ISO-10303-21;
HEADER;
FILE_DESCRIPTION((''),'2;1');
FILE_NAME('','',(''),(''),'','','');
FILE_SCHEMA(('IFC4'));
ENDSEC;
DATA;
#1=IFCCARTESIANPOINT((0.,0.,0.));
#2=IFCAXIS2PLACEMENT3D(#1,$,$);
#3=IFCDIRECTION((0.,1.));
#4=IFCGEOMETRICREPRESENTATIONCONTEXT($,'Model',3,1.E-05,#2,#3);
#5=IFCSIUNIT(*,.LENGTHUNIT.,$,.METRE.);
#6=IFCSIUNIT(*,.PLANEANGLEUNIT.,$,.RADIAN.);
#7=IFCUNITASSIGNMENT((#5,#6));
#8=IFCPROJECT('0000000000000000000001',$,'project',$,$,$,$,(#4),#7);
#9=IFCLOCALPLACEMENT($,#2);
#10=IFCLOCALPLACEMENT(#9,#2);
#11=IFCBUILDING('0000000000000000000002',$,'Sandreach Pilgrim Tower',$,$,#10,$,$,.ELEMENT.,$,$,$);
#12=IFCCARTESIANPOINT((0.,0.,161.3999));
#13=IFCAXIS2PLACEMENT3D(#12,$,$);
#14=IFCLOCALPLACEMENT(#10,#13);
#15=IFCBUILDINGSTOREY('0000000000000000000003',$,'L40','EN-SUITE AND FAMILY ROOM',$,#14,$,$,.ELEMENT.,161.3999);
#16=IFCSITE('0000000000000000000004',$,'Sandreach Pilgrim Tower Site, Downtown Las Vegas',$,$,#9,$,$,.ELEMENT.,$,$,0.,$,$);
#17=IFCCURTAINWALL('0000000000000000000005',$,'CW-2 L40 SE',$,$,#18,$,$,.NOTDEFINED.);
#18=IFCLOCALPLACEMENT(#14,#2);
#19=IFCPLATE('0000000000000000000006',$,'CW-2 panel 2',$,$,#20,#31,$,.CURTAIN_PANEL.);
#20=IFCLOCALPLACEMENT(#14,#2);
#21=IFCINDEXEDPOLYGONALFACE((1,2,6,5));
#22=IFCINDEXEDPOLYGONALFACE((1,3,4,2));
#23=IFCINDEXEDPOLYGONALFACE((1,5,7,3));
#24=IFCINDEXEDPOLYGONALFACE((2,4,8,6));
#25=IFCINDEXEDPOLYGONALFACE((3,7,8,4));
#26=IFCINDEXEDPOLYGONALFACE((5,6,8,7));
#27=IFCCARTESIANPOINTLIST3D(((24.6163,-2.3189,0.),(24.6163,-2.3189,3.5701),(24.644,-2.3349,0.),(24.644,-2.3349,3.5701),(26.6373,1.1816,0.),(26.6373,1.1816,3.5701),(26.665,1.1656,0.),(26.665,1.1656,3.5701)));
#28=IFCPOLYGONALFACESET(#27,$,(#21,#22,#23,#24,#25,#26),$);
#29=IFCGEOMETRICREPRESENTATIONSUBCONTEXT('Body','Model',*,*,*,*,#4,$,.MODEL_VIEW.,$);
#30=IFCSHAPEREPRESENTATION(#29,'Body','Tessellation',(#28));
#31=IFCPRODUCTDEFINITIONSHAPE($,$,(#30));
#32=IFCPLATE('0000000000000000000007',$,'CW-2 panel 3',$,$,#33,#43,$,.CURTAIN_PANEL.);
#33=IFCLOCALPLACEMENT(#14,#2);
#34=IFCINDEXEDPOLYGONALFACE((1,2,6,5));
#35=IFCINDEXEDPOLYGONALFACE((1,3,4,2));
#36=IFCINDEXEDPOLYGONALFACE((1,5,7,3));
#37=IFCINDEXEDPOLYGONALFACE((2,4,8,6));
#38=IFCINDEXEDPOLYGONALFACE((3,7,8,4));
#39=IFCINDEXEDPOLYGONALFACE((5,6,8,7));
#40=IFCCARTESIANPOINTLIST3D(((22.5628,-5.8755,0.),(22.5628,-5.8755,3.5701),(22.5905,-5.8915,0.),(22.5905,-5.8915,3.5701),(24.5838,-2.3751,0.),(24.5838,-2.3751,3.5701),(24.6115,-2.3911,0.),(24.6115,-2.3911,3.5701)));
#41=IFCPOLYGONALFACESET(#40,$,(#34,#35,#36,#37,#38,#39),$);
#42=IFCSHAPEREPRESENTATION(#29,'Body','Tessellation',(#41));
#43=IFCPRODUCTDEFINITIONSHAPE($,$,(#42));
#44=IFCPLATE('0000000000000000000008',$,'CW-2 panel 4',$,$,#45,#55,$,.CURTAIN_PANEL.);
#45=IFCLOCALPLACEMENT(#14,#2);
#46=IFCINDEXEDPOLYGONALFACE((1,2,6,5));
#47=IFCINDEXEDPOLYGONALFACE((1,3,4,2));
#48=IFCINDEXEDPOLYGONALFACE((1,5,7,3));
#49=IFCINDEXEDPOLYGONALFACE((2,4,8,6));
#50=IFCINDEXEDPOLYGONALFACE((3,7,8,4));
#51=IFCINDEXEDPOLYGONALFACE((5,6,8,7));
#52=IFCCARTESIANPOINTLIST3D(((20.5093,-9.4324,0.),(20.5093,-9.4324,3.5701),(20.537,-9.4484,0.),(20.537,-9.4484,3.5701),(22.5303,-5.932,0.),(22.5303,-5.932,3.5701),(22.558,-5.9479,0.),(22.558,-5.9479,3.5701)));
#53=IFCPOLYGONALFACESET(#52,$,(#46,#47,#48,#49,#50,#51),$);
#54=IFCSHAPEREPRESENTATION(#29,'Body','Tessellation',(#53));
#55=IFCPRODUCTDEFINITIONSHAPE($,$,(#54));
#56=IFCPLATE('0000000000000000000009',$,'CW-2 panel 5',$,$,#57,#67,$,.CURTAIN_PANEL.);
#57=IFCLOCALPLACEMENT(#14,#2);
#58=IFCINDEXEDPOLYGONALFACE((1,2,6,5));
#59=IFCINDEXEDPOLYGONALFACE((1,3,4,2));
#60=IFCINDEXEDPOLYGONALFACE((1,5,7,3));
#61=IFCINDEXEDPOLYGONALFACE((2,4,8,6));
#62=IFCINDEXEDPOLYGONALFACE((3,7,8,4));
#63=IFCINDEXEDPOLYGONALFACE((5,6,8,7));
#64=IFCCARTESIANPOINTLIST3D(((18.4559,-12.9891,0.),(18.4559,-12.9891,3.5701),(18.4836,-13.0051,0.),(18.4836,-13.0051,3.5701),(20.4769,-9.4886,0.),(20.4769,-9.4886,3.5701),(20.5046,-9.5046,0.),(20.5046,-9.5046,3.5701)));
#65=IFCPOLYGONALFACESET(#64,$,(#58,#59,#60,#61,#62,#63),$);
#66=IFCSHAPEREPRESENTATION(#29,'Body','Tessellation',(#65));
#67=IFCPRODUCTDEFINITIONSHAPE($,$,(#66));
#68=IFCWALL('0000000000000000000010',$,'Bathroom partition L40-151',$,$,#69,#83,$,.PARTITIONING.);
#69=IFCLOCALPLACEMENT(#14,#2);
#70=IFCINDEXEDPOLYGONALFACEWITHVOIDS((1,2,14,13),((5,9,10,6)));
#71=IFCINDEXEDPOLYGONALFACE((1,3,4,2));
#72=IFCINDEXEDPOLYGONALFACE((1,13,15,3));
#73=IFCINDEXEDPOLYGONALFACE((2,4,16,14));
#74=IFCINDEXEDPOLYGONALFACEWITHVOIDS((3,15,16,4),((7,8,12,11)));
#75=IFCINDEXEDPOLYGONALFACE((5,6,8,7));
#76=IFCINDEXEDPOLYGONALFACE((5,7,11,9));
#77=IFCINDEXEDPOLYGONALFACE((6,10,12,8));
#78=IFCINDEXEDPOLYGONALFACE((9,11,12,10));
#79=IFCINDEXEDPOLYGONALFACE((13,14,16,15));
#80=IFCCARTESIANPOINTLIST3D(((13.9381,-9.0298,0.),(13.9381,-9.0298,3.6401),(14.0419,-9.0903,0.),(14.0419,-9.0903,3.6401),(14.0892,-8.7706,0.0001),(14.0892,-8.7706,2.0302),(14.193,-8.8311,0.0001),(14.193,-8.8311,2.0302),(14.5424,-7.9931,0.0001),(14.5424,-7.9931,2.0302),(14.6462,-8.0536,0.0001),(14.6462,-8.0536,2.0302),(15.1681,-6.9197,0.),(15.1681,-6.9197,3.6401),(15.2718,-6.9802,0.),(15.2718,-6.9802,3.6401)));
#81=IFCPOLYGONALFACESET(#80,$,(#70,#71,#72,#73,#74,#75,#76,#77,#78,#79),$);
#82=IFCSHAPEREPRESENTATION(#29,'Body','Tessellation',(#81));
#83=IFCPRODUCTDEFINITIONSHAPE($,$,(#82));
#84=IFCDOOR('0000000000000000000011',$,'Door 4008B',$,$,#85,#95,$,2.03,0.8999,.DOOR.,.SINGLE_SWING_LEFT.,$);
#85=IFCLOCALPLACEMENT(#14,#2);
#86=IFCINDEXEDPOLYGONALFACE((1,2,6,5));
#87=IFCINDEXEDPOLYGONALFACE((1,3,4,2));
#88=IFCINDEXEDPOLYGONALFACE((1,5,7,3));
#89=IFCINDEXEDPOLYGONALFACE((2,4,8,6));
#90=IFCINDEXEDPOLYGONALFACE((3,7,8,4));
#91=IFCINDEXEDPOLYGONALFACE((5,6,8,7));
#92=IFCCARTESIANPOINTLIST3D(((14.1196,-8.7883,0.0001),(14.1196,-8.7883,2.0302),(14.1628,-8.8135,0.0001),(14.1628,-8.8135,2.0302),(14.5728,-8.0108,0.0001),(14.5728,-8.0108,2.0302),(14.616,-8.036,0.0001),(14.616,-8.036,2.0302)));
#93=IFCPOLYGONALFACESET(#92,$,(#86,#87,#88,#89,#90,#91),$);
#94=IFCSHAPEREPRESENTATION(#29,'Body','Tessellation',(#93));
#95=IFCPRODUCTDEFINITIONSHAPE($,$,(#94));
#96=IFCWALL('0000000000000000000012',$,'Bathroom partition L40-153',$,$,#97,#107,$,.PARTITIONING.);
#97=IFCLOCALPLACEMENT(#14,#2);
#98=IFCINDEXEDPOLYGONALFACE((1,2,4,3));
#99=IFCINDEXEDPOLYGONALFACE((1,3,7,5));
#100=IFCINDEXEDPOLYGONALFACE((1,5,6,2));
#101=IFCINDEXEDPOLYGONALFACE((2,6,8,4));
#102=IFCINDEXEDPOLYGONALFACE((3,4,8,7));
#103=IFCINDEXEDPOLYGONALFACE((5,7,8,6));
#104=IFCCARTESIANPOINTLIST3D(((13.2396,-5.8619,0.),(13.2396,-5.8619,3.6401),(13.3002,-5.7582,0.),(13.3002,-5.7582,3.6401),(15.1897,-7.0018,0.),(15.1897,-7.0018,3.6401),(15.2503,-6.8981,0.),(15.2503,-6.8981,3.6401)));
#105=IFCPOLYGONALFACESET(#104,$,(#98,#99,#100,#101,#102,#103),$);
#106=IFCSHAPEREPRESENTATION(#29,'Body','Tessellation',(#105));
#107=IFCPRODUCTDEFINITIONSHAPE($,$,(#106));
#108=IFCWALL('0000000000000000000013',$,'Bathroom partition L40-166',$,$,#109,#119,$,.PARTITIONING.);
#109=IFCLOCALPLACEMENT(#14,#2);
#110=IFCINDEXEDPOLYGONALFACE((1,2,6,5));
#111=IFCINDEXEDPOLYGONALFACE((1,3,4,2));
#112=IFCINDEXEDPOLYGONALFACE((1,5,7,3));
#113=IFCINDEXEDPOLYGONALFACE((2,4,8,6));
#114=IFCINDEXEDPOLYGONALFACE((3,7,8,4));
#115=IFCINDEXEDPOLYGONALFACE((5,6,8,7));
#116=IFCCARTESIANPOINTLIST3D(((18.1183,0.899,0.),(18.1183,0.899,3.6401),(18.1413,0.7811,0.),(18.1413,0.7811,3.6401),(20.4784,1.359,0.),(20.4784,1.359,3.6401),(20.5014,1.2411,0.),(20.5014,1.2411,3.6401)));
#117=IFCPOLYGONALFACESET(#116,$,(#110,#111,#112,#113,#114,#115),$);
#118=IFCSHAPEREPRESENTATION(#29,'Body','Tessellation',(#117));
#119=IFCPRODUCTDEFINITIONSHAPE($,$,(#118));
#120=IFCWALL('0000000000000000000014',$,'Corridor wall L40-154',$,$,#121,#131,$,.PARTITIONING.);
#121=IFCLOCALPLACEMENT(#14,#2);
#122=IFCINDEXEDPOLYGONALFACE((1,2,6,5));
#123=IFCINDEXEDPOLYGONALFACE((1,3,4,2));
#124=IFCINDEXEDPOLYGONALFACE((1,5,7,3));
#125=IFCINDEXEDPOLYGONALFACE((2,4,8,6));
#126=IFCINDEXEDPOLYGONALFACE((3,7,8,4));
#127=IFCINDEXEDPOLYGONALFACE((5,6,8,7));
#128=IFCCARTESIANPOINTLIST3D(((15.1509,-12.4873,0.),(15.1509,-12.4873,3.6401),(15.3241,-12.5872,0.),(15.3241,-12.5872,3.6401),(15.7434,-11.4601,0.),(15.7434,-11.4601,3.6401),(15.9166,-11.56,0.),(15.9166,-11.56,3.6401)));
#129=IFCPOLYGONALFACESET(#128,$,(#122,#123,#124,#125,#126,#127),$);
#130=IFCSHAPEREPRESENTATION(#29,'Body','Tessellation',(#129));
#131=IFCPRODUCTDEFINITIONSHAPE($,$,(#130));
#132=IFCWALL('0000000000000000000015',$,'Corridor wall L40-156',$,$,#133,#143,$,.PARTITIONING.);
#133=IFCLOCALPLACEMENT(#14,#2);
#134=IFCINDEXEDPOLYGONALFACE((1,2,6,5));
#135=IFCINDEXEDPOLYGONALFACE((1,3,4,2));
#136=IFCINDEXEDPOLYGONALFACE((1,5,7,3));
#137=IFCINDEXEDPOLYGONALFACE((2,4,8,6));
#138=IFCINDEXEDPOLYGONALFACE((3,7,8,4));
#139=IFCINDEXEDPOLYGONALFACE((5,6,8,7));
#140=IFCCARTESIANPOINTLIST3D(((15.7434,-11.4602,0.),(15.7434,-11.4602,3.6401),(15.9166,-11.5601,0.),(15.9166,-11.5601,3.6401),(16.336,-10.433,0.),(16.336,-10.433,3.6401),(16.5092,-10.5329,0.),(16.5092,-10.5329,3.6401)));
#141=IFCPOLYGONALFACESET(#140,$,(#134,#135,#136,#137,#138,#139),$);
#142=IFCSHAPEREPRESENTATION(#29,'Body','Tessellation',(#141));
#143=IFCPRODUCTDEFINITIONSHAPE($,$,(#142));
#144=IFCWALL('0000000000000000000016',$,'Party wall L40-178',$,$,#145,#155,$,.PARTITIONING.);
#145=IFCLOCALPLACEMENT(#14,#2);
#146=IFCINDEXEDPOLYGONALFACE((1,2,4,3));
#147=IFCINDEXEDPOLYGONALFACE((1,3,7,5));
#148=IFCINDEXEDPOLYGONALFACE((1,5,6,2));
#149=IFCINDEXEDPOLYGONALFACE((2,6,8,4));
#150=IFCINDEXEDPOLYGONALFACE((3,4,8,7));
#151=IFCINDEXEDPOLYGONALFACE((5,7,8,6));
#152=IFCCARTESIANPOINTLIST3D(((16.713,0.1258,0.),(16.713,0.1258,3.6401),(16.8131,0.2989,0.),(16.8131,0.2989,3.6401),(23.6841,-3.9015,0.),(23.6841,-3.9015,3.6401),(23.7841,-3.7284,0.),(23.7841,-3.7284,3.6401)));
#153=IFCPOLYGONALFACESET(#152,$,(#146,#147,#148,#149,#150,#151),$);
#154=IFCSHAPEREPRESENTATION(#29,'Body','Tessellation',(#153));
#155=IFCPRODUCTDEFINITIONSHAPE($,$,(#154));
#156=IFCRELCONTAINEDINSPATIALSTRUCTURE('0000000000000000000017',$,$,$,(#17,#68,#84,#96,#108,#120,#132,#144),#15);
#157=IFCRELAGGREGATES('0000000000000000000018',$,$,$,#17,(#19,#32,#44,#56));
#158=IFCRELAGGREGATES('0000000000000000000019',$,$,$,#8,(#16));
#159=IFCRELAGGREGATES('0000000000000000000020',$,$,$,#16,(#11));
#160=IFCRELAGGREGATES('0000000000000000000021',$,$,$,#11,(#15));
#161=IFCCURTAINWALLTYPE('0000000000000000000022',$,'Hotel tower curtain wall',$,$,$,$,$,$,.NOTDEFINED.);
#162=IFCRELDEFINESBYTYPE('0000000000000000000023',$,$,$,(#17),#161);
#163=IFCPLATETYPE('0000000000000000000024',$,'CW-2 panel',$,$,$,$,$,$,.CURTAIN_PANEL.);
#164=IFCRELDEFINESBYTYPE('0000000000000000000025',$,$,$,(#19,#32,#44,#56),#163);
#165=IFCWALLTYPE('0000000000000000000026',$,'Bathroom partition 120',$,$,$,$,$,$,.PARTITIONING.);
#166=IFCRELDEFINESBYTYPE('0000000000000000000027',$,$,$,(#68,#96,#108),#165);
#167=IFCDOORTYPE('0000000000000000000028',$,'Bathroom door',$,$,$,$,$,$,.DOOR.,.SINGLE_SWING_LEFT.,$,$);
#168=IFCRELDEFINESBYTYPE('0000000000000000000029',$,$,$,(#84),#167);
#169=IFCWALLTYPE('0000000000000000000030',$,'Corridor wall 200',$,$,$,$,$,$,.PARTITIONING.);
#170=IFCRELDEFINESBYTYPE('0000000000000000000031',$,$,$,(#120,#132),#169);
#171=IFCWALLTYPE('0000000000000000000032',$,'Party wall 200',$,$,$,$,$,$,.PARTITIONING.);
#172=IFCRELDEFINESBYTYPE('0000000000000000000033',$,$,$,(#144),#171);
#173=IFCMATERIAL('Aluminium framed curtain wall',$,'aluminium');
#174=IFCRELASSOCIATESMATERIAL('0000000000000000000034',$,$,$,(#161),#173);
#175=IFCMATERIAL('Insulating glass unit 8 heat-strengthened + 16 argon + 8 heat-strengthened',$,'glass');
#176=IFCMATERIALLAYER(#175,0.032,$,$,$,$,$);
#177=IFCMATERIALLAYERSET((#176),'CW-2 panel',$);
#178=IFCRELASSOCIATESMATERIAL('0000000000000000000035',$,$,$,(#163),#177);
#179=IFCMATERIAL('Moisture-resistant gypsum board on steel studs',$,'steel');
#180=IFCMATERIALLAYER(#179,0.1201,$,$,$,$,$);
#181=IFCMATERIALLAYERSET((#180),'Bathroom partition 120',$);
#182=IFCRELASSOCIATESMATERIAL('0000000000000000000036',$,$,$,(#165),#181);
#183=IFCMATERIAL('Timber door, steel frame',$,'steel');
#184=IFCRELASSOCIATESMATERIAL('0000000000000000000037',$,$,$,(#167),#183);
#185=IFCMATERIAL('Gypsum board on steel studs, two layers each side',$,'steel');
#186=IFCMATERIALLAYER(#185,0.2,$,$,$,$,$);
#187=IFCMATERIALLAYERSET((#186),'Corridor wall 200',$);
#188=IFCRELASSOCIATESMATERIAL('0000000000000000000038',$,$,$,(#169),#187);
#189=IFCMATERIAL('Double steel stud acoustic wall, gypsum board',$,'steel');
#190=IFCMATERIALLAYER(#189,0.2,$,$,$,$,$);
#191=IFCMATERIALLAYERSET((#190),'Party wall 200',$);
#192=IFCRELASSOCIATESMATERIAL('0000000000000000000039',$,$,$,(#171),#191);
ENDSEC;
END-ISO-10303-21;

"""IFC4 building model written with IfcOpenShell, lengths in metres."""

from ifc_helpers import new_model, si_unit, direction, frame, frame_2d, origin, origin_2d, place, context, subcontext, project, spatial, rectangle, extrude, material, layer, layer_set, type_object, element, fill, aggregate, save


model = new_model("IFC4")

# Units and contexts
model_context = context("Model", 3, precision=1e-05, world=origin(), true_north=direction((0.0, 1.0)))
body_context = subcontext(model_context, "Body", "Model", "MODEL_VIEW")
ifc_project = project(units=[si_unit("LENGTHUNIT", "METRE"), si_unit("PLANEANGLEUNIT", "RADIAN")], contexts=[model_context])

# Site, building, storey
site_placement = place(None, origin())
site = spatial("IfcSite", under=ifc_project, at=site_placement, Name="Sandreach Pilgrim Tower Site, Downtown Las Vegas", CompositionType="ELEMENT", RefElevation=0.0)
building_placement = place(site_placement, origin())
building = spatial("IfcBuilding", under=site, at=building_placement, Name="Sandreach Pilgrim Tower", CompositionType="ELEMENT")
storey_placement = place(building_placement, frame((0.0, 0.0, 161.3999)))
storey = spatial("IfcBuildingStorey", under=building, at=storey_placement, Name="L40", Description="EN-SUITE AND FAMILY ROOM", CompositionType="ELEMENT", Elevation=161.3999)

# Curtain wall
ifc_material_1 = material(Name="Aluminium framed curtain wall", Category="aluminium")
curtain_wall_type = type_object("IfcCurtainWallType", Name="Hotel tower curtain wall", PredefinedType="NOTDEFINED", material=ifc_material_1)
curtain_wall_placement = place(storey_placement, origin())
curtain_wall = element("IfcCurtainWall", 1, at=curtain_wall_placement, inside=storey, type_object=curtain_wall_type, Name="CW-2 L40 SE", PredefinedType="NOTDEFINED")

# Plates
ifc_material_2 = material(Name="Insulating glass unit 8 heat-strengthened + 16 argon + 8 heat-strengthened", Category="glass")
ifc_layer_1 = layer(ifc_material_2, 0.032)
ifc_layer_set_1 = layer_set([ifc_layer_1], Name="CW-2 panel")
plate_type = type_object("IfcPlateType", Name="CW-2 panel", PredefinedType="CURTAIN_PANEL", material=ifc_layer_set_1)
plate_1_placement = place(storey_placement, frame((25.6406, -0.5767, 0.0), z_axis=(0.0, 0.0, 1.0), x_axis=(-0.5, -0.866025, 0.0)))
plate_1 = element("IfcPlate", 2, at=plate_1_placement, type_object=plate_type, Name="CW-2 panel 2", PredefinedType="CURTAIN_PANEL", context=body_context, shape_type="SweptSolid", body=[
    extrude(rectangle(XDim=4.042, YDim=0.032, at=origin_2d()), origin(), (0.0, 0.0, 1.0), 3.5701),
])
plate_2_placement = place(storey_placement, frame((23.5872, -4.1333, 0.0), z_axis=(0.0, 0.0, 1.0), x_axis=(-0.5, -0.866025, 0.0)))
plate_2 = element("IfcPlate", 3, at=plate_2_placement, type_object=plate_type, Name="CW-2 panel 3", PredefinedType="CURTAIN_PANEL", context=body_context, shape_type="SweptSolid", body=[
    extrude(rectangle(XDim=4.042, YDim=0.032, at=origin_2d()), origin(), (0.0, 0.0, 1.0), 3.5701),
])
plate_3_placement = place(storey_placement, frame((21.5337, -7.6902, 0.0), z_axis=(0.0, 0.0, 1.0), x_axis=(-0.5, -0.866025, 0.0)))
plate_3 = element("IfcPlate", 4, at=plate_3_placement, type_object=plate_type, Name="CW-2 panel 4", PredefinedType="CURTAIN_PANEL", context=body_context, shape_type="SweptSolid", body=[
    extrude(rectangle(XDim=4.042, YDim=0.032, at=origin_2d()), origin(), (0.0, 0.0, 1.0), 3.5701),
])
plate_4_placement = place(storey_placement, frame((19.4802, -11.2468, 0.0), z_axis=(0.0, 0.0, 1.0), x_axis=(-0.5, -0.866025, 0.0)))
plate_4 = element("IfcPlate", 5, at=plate_4_placement, type_object=plate_type, Name="CW-2 panel 5", PredefinedType="CURTAIN_PANEL", context=body_context, shape_type="SweptSolid", body=[
    extrude(rectangle(XDim=4.042, YDim=0.032, at=origin_2d()), origin(), (0.0, 0.0, 1.0), 3.5701),
])
aggregate(curtain_wall, [plate_1, plate_2, plate_3, plate_4])

# Wall, opening, door
ifc_material_3 = material(Name="Moisture-resistant gypsum board on steel studs", Category="steel")
ifc_layer_2 = layer(ifc_material_3, 0.1201)
ifc_layer_set_2 = layer_set([ifc_layer_2], Name="Bathroom partition 120")
wall_type_1 = type_object("IfcWallType", Name="Bathroom partition 120", PredefinedType="PARTITIONING", material=ifc_layer_set_2)
wall_1_placement = place(storey_placement, frame((13.99, -9.0601, 0.0), z_axis=(0.0, 0.0, 1.0), x_axis=(0.503591, 0.863942, 0.0)))
wall_1 = element("IfcWall", 6, at=wall_1_placement, inside=storey, type_object=wall_type_1, Name="Bathroom partition L40-151", PredefinedType="PARTITIONING", context=body_context, shape_type="SweptSolid", body=[
    extrude(rectangle(XDim=2.4424, YDim=0.1201, at=frame_2d((1.2212, 0.0))), origin(), (0.0, 0.0, 1.0), 3.6401),
])
opening_1_placement = place(wall_1_placement, frame((0.3, 0.0, 0.0)))
opening_1 = element("IfcOpeningElement", 7, at=opening_1_placement, cuts=wall_1, PredefinedType="OPENING", context=body_context, shape_type="SweptSolid", body=[
    extrude(rectangle(XDim=0.8999, YDim=2.03, at=frame_2d((0.45, 1.0151))), frame((0.0, 0.0601, 0.0), z_axis=(0.0, -1.0, 0.0), x_axis=(1.0, 0.0, 0.0)), (0.0, 0.0, 1.0), 0.1201),
])
ifc_material_4 = material(Name="Timber door, steel frame", Category="steel")
door_type_1 = type_object("IfcDoorType", Name="Bathroom door", OperationType="SINGLE_SWING_LEFT", PredefinedType="DOOR", material=ifc_material_4)
door_1_placement = place(opening_1_placement, origin())
door_1 = element("IfcDoor", 8, at=door_1_placement, inside=storey, type_object=door_type_1, Name="Door 4008B", OperationType="SINGLE_SWING_LEFT", OverallHeight=2.03, OverallWidth=0.8999, PredefinedType="DOOR", context=body_context, shape_type="SweptSolid", body=[
    extrude(rectangle(XDim=0.8999, YDim=2.03, at=frame_2d((0.45, 1.0151))), frame((0.0, 0.0249, 0.0), z_axis=(0.0, -1.0, 0.0), x_axis=(1.0, 0.0, 0.0)), (0.0, 0.0, 1.0), 0.05),
])
fill(opening_1, door_1)

# Walls
wall_2_placement = place(storey_placement, frame((15.22, -6.95, 0.0), z_axis=(0.0, 0.0, 1.0), x_axis=(-0.863312, 0.504671, 0.0)))
element("IfcWall", 9, at=wall_2_placement, inside=storey, type_object=wall_type_1, Name="Bathroom partition L40-153", PredefinedType="PARTITIONING", context=body_context, shape_type="SweptSolid", body=[
    extrude(rectangle(XDim=2.2588, YDim=0.1201, at=frame_2d((1.1294, 0.0))), origin(), (0.0, 0.0, 1.0), 3.6401),
])
wall_3_placement = place(storey_placement, frame((18.1299, 0.8401, 0.0), z_axis=(0.0, 0.0, 1.0), x_axis=(0.981533, 0.191291, 0.0)))
element("IfcWall", 10, at=wall_3_placement, inside=storey, type_object=wall_type_1, Name="Bathroom partition L40-166", PredefinedType="PARTITIONING", context=body_context, shape_type="SweptSolid", body=[
    extrude(rectangle(XDim=2.4045, YDim=0.1201, at=frame_2d((1.2021, 0.0))), origin(), (0.0, 0.0, 1.0), 3.6401),
])
ifc_material_5 = material(Name="Gypsum board on steel studs, two layers each side", Category="steel")
ifc_layer_3 = layer(ifc_material_5, 0.2)
ifc_layer_set_3 = layer_set([ifc_layer_3], Name="Corridor wall 200")
wall_type_2 = type_object("IfcWallType", Name="Corridor wall 200", PredefinedType="PARTITIONING", material=ifc_layer_set_3)
for number, where, z_axis, x_axis, name in (
    (11, (15.2375, -12.5371, 0.0), (0.0, 0.0, 1.0), (0.499705, 0.866196, 0.0), "Corridor wall L40-154"),
    (12, (15.8301, -11.51, 0.0), (0.0, 0.0, 1.0), (0.499705, 0.866196, 0.0), "Corridor wall L40-156"),
):
    element("IfcWall", number, at=place(storey_placement, frame(where, z_axis=z_axis, x_axis=x_axis)), inside=storey, type_object=wall_type_2, Name=name, PredefinedType="PARTITIONING", context=body_context, shape_type="SweptSolid", body=[
        extrude(rectangle(XDim=1.1858, YDim=0.2, at=frame_2d((0.5928, 0.0))), origin(), (0.0, 0.0, 1.0), 3.6401),
    ])

# Wall
ifc_material_6 = material(Name="Double steel stud acoustic wall, gypsum board", Category="steel")
ifc_layer_4 = layer(ifc_material_6, 0.2)
ifc_layer_set_4 = layer_set([ifc_layer_4], Name="Party wall 200")
wall_type_3 = type_object("IfcWallType", Name="Party wall 200", PredefinedType="PARTITIONING", material=ifc_layer_set_4)
wall_4_placement = place(storey_placement, frame((23.7341, -3.8149, 0.0), z_axis=(0.0, 0.0, 1.0), x_axis=(-0.86589, 0.500235, 0.0)))
element("IfcWall", 13, at=wall_4_placement, inside=storey, type_object=wall_type_3, Name="Party wall L40-178", PredefinedType="PARTITIONING", context=body_context, shape_type="SweptSolid", body=[
    extrude(rectangle(XDim=8.0508, YDim=0.2, at=frame_2d((4.0254, 0.0))), origin(), (0.0, 0.0, 1.0), 3.6401),
])

save(model, "model.ifc")
